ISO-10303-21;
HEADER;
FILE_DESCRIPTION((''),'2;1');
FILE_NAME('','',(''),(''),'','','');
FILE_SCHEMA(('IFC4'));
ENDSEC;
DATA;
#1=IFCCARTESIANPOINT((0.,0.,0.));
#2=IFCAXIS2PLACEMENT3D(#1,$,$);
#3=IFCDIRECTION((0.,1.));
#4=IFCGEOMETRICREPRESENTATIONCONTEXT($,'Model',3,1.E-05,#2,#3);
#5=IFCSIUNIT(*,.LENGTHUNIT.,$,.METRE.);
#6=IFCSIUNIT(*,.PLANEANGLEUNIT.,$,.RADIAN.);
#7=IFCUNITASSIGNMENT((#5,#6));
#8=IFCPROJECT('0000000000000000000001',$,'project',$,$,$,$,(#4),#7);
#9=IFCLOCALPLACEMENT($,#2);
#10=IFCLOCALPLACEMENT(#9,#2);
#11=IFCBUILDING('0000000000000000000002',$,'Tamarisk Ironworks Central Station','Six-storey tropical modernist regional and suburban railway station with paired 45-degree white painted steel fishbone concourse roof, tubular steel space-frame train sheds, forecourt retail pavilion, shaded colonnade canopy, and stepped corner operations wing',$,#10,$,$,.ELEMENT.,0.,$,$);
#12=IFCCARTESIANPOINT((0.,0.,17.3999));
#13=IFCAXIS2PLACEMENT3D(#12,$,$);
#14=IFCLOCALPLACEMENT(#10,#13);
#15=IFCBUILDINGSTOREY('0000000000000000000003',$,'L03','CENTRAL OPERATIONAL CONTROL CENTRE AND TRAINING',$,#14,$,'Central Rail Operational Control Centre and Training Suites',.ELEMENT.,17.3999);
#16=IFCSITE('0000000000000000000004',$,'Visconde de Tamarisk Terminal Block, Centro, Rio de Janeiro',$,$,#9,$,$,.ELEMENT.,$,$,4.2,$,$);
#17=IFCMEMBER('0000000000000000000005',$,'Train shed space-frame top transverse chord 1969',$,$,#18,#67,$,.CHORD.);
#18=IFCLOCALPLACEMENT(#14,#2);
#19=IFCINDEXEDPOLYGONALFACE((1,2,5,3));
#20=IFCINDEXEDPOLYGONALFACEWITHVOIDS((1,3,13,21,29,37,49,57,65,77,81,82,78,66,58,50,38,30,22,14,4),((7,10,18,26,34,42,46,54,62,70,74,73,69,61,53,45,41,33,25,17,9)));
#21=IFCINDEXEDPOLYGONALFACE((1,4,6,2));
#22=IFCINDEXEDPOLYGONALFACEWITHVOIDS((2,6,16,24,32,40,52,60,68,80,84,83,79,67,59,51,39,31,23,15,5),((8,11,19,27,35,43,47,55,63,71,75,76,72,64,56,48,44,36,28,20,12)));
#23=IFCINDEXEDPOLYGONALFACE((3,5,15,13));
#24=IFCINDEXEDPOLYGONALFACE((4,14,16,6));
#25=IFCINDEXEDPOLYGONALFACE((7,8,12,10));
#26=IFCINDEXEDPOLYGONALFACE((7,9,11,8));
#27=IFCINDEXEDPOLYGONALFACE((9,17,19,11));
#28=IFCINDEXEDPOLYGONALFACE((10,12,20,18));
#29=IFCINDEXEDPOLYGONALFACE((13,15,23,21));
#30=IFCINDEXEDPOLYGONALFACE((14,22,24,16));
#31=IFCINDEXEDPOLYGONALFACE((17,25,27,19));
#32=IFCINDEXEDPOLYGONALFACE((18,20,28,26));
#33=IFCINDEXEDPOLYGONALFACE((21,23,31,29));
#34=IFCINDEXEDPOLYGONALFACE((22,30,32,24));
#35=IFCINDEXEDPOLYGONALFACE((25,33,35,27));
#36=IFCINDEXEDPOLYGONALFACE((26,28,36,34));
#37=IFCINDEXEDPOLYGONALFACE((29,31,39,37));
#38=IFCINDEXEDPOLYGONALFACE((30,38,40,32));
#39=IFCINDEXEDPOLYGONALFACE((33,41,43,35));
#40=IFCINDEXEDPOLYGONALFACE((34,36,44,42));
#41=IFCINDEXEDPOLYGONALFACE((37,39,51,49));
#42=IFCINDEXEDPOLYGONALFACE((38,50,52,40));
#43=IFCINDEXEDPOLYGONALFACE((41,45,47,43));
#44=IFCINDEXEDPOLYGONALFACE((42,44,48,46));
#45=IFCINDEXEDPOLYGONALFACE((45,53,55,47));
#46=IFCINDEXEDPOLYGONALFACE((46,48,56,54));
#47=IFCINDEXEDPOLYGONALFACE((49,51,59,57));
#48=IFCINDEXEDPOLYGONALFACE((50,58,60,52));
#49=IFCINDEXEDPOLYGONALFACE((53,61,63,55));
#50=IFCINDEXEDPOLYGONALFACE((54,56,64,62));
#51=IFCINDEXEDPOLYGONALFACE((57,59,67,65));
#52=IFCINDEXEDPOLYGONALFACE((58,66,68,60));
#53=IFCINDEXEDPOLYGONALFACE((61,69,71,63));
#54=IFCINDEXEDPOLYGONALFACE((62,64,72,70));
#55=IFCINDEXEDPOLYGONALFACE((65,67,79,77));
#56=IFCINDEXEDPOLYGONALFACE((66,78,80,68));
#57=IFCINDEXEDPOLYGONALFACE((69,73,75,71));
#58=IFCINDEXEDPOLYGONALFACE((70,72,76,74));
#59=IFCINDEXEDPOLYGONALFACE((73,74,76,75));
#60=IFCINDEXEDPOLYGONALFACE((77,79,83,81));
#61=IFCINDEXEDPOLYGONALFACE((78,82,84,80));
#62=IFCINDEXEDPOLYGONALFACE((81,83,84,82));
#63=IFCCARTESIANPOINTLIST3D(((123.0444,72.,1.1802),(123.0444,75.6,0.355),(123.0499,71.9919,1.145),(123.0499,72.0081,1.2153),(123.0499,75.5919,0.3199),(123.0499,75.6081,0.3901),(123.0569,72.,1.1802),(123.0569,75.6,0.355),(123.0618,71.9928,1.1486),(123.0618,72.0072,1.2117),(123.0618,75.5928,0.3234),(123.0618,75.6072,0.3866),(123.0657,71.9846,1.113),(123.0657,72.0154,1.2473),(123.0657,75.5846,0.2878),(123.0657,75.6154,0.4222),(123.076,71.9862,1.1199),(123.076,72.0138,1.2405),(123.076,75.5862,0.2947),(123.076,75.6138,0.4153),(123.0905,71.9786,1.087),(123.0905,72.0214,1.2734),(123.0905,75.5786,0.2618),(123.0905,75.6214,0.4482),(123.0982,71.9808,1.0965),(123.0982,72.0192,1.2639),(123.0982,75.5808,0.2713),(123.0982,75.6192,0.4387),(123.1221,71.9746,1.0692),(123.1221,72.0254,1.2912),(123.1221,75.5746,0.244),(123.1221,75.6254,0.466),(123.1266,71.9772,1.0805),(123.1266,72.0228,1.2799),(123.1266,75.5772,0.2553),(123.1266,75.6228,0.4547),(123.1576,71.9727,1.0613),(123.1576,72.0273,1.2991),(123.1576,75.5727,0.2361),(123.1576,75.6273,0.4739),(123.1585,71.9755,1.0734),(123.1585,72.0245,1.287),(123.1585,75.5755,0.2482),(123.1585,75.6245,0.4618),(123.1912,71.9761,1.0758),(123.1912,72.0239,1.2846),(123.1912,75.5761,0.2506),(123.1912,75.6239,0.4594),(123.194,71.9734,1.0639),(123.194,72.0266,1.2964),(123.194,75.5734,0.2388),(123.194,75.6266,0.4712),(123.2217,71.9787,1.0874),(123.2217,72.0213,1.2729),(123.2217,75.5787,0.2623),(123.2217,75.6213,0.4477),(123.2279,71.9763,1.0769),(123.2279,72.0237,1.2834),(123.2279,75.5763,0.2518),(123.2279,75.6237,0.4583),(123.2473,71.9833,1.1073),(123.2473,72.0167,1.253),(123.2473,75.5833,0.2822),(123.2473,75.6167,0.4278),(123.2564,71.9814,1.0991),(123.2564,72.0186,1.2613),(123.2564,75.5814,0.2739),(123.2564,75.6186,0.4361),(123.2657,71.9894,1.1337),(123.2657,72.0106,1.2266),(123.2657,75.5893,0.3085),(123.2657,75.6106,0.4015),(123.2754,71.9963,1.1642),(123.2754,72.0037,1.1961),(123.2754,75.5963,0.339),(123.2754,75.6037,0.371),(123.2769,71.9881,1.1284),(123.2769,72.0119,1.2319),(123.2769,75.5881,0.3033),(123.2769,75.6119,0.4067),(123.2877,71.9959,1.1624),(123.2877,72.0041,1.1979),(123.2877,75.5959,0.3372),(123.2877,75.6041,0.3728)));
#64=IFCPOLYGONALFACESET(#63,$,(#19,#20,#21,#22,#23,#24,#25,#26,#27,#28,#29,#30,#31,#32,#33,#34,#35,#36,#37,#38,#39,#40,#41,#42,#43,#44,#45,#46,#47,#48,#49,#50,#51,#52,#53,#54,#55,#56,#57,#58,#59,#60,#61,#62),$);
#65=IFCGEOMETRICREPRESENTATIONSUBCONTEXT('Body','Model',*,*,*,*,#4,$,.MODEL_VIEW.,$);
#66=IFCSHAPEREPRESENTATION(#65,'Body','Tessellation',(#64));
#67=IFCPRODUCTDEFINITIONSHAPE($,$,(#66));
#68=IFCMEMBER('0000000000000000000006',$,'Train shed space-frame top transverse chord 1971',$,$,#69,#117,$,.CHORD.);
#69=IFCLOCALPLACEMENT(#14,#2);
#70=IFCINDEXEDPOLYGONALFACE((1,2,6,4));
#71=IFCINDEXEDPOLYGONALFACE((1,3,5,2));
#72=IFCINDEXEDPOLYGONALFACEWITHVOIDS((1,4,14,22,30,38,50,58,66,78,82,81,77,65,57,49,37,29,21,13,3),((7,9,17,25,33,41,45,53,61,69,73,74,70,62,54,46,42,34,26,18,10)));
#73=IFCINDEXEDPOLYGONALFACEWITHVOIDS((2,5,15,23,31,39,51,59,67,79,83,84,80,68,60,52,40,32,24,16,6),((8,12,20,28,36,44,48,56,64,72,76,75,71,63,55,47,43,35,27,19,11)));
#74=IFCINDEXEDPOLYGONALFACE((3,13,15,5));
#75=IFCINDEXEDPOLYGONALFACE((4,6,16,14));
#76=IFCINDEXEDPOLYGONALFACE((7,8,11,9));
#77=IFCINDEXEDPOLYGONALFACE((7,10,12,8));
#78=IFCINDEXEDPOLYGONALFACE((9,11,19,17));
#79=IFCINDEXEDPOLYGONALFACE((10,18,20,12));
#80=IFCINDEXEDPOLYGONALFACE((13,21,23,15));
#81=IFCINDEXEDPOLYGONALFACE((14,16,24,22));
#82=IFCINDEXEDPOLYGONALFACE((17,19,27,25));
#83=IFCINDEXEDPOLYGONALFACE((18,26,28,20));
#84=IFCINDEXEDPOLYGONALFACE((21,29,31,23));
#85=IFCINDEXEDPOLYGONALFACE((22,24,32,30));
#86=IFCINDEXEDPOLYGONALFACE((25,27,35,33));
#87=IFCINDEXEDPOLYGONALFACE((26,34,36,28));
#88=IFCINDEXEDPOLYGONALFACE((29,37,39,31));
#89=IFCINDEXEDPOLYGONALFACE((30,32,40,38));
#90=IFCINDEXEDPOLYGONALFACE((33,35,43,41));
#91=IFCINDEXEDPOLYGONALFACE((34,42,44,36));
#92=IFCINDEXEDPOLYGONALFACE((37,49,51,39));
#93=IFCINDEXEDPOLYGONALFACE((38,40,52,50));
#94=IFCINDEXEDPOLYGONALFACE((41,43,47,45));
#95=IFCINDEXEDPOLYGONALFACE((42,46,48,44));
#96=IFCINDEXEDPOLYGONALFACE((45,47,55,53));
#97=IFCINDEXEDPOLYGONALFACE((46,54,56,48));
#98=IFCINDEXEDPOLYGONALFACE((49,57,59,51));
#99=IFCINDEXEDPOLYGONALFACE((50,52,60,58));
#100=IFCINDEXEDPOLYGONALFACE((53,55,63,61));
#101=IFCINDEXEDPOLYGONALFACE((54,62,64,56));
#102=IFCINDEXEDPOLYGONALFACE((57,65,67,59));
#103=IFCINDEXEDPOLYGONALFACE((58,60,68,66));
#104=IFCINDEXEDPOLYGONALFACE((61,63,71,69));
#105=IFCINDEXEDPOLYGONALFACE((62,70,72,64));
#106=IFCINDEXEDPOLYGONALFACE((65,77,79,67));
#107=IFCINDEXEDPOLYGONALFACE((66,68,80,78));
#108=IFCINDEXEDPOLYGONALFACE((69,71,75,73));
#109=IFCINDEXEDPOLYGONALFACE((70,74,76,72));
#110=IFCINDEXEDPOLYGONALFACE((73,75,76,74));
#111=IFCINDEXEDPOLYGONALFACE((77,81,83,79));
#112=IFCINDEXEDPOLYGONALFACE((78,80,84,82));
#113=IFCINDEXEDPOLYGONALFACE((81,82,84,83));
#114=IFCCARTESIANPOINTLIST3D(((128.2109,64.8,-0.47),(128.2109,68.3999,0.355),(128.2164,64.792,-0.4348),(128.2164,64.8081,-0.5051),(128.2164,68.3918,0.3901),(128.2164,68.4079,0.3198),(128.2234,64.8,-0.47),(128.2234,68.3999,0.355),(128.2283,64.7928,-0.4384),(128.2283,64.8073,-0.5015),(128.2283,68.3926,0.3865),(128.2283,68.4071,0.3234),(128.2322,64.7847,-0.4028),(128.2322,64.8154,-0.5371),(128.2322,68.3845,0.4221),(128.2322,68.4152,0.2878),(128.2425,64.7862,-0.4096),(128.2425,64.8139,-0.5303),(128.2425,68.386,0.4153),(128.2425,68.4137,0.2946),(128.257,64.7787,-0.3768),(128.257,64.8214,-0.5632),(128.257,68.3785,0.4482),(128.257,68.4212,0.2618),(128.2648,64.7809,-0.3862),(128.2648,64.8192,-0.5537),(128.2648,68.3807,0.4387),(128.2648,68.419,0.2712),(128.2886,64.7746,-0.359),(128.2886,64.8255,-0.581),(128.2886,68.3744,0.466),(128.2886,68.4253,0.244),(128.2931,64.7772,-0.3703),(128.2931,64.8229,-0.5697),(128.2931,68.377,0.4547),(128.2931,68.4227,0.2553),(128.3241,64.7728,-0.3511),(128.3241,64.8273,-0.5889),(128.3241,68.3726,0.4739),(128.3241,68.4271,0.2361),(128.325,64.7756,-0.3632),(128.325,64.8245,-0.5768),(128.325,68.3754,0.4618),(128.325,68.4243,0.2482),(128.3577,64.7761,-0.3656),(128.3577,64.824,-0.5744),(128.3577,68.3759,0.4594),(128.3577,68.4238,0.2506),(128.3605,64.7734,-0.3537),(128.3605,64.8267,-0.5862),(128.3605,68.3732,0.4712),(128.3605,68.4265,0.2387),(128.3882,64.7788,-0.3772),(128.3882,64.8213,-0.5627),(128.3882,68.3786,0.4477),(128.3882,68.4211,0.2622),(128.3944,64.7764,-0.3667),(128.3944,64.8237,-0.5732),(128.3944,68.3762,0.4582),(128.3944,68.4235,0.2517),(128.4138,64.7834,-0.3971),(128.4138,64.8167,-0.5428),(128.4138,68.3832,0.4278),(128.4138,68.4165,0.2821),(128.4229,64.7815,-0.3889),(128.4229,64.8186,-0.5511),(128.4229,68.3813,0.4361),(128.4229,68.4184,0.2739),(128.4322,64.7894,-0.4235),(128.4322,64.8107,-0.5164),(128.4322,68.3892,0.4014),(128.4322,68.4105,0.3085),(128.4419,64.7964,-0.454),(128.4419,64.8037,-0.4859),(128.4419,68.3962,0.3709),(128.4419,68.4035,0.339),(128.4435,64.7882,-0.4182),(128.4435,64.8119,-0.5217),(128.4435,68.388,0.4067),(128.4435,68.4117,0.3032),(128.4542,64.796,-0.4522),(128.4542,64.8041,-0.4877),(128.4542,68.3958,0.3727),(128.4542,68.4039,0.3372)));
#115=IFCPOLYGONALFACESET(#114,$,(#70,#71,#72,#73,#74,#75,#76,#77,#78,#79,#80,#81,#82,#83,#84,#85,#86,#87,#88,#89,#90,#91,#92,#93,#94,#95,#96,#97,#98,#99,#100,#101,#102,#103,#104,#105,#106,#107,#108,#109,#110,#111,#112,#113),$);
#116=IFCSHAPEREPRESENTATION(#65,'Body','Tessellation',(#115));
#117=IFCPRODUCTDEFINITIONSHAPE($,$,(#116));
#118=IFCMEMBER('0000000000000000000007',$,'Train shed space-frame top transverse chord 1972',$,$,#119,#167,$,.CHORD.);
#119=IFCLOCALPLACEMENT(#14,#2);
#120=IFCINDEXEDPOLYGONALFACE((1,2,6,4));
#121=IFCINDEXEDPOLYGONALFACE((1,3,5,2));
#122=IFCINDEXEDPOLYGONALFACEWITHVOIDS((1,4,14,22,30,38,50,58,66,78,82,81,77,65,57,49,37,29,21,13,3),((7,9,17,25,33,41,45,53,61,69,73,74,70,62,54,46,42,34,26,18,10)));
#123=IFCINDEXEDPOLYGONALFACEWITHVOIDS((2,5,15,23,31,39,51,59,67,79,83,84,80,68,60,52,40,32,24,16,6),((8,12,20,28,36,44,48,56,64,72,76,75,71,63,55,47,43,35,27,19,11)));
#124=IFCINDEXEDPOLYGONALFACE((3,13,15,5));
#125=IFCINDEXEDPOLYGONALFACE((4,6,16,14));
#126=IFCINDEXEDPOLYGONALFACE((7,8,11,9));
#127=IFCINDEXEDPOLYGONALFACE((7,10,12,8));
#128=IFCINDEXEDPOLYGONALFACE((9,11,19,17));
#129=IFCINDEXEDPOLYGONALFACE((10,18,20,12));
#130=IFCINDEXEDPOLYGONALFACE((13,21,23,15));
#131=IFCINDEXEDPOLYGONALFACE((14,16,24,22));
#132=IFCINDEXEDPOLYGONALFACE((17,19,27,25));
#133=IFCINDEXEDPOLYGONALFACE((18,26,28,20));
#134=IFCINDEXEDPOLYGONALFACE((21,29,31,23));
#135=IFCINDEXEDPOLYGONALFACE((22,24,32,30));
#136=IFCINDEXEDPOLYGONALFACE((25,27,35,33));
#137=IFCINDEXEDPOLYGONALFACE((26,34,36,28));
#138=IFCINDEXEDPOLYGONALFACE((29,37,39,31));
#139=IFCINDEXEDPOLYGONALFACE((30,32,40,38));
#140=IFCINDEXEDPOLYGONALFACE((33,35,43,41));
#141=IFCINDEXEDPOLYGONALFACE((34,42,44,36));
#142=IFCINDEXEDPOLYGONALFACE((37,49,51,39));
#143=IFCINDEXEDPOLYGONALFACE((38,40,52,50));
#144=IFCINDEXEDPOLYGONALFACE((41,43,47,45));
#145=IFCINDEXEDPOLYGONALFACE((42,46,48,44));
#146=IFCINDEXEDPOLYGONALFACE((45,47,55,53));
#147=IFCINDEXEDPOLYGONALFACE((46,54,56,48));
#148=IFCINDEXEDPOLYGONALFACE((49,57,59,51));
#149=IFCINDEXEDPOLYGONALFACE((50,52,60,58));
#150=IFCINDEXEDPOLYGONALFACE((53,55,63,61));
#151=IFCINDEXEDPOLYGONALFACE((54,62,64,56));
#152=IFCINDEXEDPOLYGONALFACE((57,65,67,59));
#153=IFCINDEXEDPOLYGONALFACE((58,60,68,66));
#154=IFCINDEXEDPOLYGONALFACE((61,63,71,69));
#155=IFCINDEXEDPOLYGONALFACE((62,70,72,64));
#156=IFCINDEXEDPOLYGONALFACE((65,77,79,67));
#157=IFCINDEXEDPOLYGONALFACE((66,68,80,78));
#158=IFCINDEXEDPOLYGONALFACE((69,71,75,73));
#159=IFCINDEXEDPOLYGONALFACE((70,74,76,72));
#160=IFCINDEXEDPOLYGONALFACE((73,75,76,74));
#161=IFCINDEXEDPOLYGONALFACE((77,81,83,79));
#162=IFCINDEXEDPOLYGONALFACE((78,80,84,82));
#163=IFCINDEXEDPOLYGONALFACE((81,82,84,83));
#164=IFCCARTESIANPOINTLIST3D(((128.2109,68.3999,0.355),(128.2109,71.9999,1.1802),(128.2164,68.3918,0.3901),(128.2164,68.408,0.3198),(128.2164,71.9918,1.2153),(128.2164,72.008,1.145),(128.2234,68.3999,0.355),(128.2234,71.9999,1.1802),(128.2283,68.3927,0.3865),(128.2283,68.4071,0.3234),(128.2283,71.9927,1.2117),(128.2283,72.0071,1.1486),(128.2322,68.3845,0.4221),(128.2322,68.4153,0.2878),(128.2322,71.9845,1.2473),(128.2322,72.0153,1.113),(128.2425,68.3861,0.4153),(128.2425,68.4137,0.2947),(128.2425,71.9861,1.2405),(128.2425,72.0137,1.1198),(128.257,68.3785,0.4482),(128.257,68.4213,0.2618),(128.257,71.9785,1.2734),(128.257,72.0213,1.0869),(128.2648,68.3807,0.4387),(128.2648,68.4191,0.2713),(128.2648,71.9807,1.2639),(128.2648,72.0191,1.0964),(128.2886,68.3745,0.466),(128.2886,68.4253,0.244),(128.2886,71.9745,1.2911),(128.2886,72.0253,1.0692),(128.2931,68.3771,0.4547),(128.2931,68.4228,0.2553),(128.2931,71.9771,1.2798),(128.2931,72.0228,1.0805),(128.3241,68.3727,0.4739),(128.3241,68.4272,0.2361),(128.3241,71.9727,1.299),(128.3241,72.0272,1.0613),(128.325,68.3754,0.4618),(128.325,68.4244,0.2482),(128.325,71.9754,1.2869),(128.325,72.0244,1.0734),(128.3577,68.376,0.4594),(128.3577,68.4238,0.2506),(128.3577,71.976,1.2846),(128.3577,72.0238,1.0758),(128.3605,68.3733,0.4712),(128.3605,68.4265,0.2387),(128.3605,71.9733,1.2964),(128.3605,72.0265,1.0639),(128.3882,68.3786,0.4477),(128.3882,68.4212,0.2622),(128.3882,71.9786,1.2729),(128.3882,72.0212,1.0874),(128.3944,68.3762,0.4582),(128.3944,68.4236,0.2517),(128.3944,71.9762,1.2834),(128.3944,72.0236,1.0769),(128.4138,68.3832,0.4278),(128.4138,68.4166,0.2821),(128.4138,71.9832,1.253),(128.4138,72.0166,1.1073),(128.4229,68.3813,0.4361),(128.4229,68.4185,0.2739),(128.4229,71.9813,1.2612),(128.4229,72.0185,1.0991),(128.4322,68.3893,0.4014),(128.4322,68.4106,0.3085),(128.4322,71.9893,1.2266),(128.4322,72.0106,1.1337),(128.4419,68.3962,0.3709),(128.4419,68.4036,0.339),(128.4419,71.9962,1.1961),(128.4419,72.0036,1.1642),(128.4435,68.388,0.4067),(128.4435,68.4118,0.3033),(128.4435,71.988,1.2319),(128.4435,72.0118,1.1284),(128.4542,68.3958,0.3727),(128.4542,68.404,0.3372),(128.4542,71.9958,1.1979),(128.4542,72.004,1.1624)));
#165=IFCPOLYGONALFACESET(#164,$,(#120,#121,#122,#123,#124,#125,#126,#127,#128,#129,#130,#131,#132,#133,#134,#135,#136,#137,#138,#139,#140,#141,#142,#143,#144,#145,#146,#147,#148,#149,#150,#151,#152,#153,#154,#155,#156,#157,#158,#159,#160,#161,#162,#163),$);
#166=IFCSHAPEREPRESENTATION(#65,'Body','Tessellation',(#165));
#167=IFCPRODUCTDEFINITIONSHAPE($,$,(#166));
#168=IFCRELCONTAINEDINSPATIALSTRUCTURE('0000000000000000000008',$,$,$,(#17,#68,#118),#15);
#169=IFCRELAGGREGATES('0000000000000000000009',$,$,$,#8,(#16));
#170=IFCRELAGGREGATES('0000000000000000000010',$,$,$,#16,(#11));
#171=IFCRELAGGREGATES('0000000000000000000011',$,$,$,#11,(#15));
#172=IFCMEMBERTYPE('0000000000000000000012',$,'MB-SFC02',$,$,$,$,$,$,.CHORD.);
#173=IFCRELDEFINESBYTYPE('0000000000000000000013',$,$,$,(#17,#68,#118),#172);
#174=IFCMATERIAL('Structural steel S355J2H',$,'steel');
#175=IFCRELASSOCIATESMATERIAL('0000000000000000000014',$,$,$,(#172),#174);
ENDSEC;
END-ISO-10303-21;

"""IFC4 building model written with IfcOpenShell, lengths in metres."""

from ifc_helpers import new_model, si_unit, direction, frame, origin, origin_2d, place, context, subcontext, project, spatial, hollow_circle, extrude, material, material_profile, profile_set, type_object, element, save


model = new_model("IFC4")

# Units and contexts
model_context = context("Model", 3, precision=1e-05, world=origin(), true_north=direction((0.0, 1.0)))
body_context = subcontext(model_context, "Body", "Model", "MODEL_VIEW")
ifc_project = project(units=[si_unit("LENGTHUNIT", "METRE"), si_unit("PLANEANGLEUNIT", "RADIAN")], contexts=[model_context])

# Site, building, storey
site_placement = place(None, origin())
site = spatial("IfcSite", under=ifc_project, at=site_placement, Name="Visconde de Tamarisk Terminal Block, Centro, Rio de Janeiro", CompositionType="ELEMENT", RefElevation=4.2)
building_placement = place(site_placement, origin())
building = spatial("IfcBuilding", under=site, at=building_placement, Name="Tamarisk Ironworks Central Station", Description="Six-storey tropical modernist regional and suburban railway station with paired 45-degree white painted steel fishbone concourse roof, tubular steel space-frame train sheds, forecourt retail pavilion, shaded colonnade canopy, and stepped corner operations wing", CompositionType="ELEMENT", ElevationOfRefHeight=0.0)
storey_placement = place(building_placement, frame((0.0, 0.0, 17.3999)))
storey = spatial("IfcBuildingStorey", under=building, at=storey_placement, Name="L03", Description="CENTRAL OPERATIONAL CONTROL CENTRE AND TRAINING", LongName="Central Rail Operational Control Centre and Training Suites", CompositionType="ELEMENT", Elevation=17.3999)

# Members
ifc_material_1 = material(Name="Structural steel S355J2H", Category="steel")
ifc_material_profile_1 = material_profile(ifc_material_1, hollow_circle(Radius=0.1223, WallThickness=0.0125, at=origin_2d()), Name="CHS 244.5x12.5")
ifc_profile_set_1 = profile_set([ifc_material_profile_1], Name="Structural steel S355J2H")
member_type_1 = type_object("IfcMemberType", Name="MB-SFC02", PredefinedType="CHORD", material=ifc_profile_set_1)
member_1_placement = place(storey_placement, frame((123.1667, 72.0, 1.1802), z_axis=(0.0, 0.974722, -0.223421), x_axis=(-1.0, 0.0, 0.0)))
element("IfcMember", 1, at=member_1_placement, inside=storey, type_object=member_type_1, Name="Train shed space-frame top transverse chord 1969", PredefinedType="CHORD", context=body_context, shape_type="SweptSolid", body=[
    extrude(hollow_circle(Radius=0.1223, WallThickness=0.0125, at=origin_2d()), origin(), (0.0, 0.0, 1.0), 3.6934),
])
member_2_placement = place(storey_placement, frame((128.3333, 64.8, -0.47), z_axis=(0.0, 0.974733, 0.223372), x_axis=(-1.0, 0.0, 0.0)))
element("IfcMember", 2, at=member_2_placement, inside=storey, type_object=member_type_1, Name="Train shed space-frame top transverse chord 1971", PredefinedType="CHORD", context=body_context, shape_type="SweptSolid", body=[
    extrude(hollow_circle(Radius=0.1223, WallThickness=0.0125, at=origin_2d()), origin(), (0.0, 0.0, 1.0), 3.6931),
])
for number, where, z_axis, x_axis, name in (
    (3, (128.3333, 68.3999, 0.355), (0.0, 0.974722, 0.223421), (-1.0, 0.0, 0.0), "Train shed space-frame top transverse chord 1972"),
):
    element("IfcMember", number, at=place(storey_placement, frame(where, z_axis=z_axis, x_axis=x_axis)), inside=storey, type_object=member_type_1, Name=name, PredefinedType="CHORD", context=body_context, shape_type="SweptSolid", body=[
        extrude(hollow_circle(Radius=0.1223, WallThickness=0.0125, at=origin_2d()), origin(), (0.0, 0.0, 1.0), 3.6934),
    ])

save(model, "model.ifc")
